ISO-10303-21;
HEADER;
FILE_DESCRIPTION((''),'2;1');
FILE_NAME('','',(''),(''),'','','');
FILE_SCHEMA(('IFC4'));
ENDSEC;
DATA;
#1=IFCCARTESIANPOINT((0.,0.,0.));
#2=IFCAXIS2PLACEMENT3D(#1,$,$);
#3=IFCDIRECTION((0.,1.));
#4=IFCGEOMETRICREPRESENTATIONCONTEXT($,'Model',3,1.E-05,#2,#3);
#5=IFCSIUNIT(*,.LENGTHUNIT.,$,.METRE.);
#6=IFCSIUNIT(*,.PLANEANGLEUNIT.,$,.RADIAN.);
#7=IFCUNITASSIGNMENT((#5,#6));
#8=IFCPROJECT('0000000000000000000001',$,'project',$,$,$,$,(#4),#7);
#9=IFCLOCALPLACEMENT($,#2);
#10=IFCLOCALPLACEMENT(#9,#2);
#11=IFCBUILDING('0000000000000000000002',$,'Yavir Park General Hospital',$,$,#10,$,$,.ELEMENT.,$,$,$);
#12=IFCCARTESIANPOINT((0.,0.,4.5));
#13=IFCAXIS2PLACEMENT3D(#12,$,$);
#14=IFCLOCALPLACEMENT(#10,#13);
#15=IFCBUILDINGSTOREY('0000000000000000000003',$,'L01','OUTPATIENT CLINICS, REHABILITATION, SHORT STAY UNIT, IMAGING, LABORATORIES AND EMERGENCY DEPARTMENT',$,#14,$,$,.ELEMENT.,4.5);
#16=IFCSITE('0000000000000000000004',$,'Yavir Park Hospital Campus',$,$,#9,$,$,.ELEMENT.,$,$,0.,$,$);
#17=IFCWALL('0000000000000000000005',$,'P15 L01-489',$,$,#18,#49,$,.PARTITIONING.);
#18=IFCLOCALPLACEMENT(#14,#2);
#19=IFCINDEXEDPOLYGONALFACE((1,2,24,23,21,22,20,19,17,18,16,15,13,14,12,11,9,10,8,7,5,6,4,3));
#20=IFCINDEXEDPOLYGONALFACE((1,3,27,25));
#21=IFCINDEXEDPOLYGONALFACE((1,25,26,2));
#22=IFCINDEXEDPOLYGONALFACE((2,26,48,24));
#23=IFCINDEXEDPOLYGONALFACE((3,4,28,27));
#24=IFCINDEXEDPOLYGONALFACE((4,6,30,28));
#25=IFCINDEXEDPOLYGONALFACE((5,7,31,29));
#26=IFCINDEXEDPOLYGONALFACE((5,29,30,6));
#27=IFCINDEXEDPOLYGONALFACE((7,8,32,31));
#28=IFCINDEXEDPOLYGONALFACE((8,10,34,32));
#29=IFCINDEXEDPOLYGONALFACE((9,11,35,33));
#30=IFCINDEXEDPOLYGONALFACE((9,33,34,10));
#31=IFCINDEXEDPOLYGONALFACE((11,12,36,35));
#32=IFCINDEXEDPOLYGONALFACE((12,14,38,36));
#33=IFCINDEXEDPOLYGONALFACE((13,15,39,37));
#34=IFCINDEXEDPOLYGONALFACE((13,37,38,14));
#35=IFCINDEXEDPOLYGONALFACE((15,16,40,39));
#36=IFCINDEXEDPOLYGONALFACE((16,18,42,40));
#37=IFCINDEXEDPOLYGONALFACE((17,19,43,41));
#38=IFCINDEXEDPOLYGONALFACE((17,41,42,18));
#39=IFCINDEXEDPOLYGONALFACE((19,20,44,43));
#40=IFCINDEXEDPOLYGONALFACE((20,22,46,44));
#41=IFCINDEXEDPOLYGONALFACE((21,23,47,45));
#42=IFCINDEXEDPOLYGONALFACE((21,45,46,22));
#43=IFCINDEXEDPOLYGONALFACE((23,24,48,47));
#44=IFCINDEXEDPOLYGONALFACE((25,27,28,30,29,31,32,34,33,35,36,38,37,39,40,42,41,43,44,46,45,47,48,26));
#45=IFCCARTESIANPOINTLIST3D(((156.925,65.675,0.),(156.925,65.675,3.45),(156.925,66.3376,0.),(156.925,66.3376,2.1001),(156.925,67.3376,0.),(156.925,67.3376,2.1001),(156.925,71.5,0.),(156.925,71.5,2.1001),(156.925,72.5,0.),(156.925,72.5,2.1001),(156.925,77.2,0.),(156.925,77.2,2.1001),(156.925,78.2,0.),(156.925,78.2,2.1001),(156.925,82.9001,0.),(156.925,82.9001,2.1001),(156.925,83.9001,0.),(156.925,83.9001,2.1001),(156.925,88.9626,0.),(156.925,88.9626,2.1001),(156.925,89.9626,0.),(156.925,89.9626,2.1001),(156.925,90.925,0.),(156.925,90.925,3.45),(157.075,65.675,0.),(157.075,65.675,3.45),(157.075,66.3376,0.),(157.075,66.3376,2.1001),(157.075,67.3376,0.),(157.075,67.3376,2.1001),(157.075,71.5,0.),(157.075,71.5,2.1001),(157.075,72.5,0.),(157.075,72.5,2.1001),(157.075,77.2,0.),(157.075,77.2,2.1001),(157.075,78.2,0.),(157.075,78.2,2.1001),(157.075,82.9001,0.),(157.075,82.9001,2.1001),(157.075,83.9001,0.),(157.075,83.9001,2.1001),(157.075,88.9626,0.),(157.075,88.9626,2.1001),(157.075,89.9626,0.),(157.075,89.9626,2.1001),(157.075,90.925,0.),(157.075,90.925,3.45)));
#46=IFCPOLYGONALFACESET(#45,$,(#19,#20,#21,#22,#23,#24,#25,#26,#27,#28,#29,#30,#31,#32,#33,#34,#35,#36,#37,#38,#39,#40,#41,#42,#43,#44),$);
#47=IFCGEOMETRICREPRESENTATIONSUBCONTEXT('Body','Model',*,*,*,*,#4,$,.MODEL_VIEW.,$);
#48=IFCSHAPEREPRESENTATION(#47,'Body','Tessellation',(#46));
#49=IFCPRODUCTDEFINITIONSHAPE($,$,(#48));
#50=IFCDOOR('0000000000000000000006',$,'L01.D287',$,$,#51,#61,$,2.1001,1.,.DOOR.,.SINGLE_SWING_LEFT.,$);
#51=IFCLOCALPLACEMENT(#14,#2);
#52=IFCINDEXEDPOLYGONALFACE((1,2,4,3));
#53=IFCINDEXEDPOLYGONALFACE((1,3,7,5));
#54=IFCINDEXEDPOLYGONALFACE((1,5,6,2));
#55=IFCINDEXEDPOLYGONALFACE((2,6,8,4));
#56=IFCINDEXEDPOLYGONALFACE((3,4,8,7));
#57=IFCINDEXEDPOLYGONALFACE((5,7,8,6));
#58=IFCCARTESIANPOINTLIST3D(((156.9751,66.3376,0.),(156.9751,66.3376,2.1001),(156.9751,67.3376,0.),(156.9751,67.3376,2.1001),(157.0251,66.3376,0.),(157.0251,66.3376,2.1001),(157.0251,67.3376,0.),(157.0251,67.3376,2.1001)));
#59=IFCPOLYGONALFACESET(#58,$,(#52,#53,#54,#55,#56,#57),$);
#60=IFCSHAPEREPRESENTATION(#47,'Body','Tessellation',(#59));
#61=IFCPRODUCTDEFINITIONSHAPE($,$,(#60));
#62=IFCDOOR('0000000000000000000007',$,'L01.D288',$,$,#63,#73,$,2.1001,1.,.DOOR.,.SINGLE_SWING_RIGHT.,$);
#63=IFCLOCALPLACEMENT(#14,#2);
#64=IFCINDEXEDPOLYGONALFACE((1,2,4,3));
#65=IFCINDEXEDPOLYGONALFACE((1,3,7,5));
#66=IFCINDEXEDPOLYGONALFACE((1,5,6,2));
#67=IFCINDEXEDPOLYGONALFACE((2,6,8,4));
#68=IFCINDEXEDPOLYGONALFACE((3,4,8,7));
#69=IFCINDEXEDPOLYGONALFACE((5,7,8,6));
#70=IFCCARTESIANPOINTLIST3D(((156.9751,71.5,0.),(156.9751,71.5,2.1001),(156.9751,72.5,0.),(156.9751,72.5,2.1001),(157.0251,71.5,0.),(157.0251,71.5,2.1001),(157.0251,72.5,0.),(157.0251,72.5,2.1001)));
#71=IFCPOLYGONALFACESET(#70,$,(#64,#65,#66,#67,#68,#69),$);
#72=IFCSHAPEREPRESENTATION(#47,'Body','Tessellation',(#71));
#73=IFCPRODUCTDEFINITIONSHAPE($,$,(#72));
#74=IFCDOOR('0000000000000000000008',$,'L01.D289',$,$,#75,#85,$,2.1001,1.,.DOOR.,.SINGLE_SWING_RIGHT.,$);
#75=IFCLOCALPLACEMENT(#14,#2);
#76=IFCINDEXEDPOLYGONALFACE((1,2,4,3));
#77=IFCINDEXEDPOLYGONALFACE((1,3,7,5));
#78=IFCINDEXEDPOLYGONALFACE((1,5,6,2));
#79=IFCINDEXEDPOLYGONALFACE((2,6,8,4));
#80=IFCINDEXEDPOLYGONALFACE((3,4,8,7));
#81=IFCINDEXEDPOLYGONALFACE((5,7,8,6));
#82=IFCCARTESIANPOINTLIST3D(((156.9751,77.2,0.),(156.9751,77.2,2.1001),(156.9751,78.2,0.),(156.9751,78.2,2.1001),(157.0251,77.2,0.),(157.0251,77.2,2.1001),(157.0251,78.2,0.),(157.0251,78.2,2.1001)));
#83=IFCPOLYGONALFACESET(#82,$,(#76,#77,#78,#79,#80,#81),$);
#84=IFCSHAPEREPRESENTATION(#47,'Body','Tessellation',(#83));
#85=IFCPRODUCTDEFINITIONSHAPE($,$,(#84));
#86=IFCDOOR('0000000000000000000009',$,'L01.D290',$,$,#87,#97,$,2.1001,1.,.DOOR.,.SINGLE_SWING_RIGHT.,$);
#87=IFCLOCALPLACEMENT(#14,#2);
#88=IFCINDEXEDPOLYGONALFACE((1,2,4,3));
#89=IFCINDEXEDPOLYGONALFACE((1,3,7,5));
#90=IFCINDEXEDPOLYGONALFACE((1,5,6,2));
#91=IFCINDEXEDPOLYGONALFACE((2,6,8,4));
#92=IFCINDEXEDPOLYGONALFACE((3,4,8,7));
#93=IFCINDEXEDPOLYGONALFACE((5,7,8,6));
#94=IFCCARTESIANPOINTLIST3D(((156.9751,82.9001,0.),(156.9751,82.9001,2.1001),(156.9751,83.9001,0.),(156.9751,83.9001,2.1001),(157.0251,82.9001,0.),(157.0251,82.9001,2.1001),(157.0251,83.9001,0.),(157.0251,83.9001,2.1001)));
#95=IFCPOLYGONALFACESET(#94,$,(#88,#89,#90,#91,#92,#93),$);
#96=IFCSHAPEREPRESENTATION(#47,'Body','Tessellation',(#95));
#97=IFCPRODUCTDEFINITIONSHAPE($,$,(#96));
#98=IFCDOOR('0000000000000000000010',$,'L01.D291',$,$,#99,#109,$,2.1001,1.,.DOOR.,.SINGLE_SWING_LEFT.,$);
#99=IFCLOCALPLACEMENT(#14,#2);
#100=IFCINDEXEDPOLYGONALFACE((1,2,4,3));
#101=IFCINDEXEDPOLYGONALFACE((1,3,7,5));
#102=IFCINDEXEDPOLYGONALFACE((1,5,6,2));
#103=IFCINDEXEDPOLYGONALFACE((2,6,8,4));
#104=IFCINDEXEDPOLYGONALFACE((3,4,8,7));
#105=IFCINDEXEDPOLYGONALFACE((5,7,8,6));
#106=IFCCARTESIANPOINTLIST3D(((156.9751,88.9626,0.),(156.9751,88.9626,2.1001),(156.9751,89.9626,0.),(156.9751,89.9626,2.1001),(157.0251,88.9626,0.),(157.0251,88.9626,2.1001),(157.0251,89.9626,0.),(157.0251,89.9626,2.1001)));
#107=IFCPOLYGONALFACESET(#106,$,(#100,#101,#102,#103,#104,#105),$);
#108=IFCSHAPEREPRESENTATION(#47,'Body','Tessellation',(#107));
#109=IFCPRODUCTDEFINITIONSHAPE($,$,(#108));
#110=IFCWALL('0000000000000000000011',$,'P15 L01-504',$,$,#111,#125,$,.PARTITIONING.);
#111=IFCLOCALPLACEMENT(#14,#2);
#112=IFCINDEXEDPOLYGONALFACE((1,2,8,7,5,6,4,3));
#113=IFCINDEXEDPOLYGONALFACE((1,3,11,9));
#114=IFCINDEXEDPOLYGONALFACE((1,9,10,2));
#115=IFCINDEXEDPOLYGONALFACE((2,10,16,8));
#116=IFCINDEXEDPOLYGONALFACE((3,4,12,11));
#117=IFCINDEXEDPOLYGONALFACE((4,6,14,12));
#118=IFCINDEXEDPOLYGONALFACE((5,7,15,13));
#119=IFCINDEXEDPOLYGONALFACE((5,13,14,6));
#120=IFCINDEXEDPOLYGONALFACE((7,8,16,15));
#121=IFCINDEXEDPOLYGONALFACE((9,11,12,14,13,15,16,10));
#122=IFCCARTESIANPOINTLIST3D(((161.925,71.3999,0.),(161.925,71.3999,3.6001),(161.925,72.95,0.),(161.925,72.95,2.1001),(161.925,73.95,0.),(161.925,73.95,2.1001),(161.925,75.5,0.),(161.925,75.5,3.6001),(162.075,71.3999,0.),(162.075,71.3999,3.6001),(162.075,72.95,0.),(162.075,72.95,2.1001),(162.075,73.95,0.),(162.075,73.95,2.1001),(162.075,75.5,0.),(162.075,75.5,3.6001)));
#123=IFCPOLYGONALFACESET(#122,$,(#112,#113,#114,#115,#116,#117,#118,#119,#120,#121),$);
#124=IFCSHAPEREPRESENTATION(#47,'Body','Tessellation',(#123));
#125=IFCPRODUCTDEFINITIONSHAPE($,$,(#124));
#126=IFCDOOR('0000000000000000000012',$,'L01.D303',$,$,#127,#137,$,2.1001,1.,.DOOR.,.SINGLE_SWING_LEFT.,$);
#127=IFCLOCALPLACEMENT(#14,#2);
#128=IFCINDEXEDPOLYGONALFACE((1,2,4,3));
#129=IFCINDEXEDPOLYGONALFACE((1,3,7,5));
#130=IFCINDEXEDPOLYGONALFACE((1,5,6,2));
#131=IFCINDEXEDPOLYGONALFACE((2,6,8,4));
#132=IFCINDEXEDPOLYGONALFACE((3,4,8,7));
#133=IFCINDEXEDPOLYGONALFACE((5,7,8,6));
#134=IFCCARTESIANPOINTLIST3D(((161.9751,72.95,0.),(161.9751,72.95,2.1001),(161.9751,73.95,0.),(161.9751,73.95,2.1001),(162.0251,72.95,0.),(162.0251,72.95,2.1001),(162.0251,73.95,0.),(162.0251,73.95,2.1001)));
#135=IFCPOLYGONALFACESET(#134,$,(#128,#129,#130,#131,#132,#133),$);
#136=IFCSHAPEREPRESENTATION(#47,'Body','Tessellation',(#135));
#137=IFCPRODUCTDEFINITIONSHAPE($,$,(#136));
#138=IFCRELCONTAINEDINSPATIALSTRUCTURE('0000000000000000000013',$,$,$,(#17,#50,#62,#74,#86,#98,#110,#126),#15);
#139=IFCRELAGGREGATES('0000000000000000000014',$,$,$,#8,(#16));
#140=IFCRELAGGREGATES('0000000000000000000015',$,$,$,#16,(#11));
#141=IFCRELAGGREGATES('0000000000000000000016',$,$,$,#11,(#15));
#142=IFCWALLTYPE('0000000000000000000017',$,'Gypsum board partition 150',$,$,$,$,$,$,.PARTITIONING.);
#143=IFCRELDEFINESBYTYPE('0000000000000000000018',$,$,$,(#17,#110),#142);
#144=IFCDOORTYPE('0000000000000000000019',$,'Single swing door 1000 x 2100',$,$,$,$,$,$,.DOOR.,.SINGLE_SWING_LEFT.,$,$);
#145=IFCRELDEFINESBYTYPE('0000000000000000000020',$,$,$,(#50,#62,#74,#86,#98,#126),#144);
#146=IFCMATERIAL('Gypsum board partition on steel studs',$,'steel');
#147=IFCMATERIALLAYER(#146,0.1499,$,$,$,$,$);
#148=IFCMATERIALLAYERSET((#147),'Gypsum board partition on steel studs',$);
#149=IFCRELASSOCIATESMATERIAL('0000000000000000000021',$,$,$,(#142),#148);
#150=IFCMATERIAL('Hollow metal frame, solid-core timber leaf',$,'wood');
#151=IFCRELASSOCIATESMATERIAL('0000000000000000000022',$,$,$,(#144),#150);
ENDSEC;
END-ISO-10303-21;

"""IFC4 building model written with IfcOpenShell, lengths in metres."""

from ifc_helpers import new_model, si_unit, direction, frame, frame_2d, origin, place, context, subcontext, project, spatial, rectangle, extrude, material, layer, layer_set, type_object, element, fill, save


model = new_model("IFC4")

# Units and contexts
model_context = context("Model", 3, precision=1e-05, world=origin(), true_north=direction((0.0, 1.0)))
body_context = subcontext(model_context, "Body", "Model", "MODEL_VIEW")
ifc_project = project(units=[si_unit("LENGTHUNIT", "METRE"), si_unit("PLANEANGLEUNIT", "RADIAN")], contexts=[model_context])

# Site, building, storey
site_placement = place(None, origin())
site = spatial("IfcSite", under=ifc_project, at=site_placement, Name="Yavir Park Hospital Campus", CompositionType="ELEMENT", RefElevation=0.0)
building_placement = place(site_placement, origin())
building = spatial("IfcBuilding", under=site, at=building_placement, Name="Yavir Park General Hospital", CompositionType="ELEMENT")
storey_placement = place(building_placement, frame((0.0, 0.0, 4.5)))
storey = spatial("IfcBuildingStorey", under=building, at=storey_placement, Name="L01", Description="OUTPATIENT CLINICS, REHABILITATION, SHORT STAY UNIT, IMAGING, LABORATORIES AND EMERGENCY DEPARTMENT", CompositionType="ELEMENT", Elevation=4.5)

# Shared definitions
ifc_material_1 = material(Name="Gypsum board partition on steel studs", Category="steel")
ifc_layer_1 = layer(ifc_material_1, 0.1499)
ifc_layer_set_1 = layer_set([ifc_layer_1], Name="Gypsum board partition on steel studs")
wall_type_1 = type_object("IfcWallType", Name="Gypsum board partition 150", PredefinedType="PARTITIONING", material=ifc_layer_set_1)

# Wall, openings, doors
ifc_material_2 = material(Name="Hollow metal frame, solid-core timber leaf", Category="wood")
door_type_1 = type_object("IfcDoorType", Name="Single swing door 1000 x 2100", OperationType="SINGLE_SWING_LEFT", PredefinedType="DOOR", material=ifc_material_2)
wall_1_placement = place(storey_placement, frame((157.0, 65.675, 0.0), z_axis=(0.0, 0.0, 1.0), x_axis=(0.0, 1.0, 0.0)))
wall_1 = element("IfcWall", 1, at=wall_1_placement, inside=storey, type_object=wall_type_1, Name="P15 L01-489", PredefinedType="PARTITIONING", context=body_context, shape_type="SweptSolid", body=[
    extrude(rectangle(XDim=25.25, YDim=0.1499, at=frame_2d((12.625, 0.0))), origin(), (0.0, 0.0, 1.0), 3.45),
])
opening_1_placement = place(wall_1_placement, frame((0.6626, 0.0, 0.0)))
opening_1 = element("IfcOpeningElement", 2, at=opening_1_placement, cuts=wall_1, PredefinedType="OPENING", context=body_context, shape_type="SweptSolid", body=[
    extrude(rectangle(XDim=1.0, YDim=2.1001, at=frame_2d((0.5, 1.05))), frame((0.0, 0.085, 0.0), z_axis=(0.0, -1.0, 0.0), x_axis=(1.0, 0.0, 0.0)), (0.0, 0.0, 1.0), 0.1699),
])
opening_2_placement = place(wall_1_placement, frame((5.825, 0.0, 0.0)))
opening_2 = element("IfcOpeningElement", 3, at=opening_2_placement, cuts=wall_1, PredefinedType="OPENING", context=body_context, shape_type="SweptSolid", body=[
    extrude(rectangle(XDim=1.0, YDim=2.1001, at=frame_2d((0.5, 1.05))), frame((0.0, 0.085, 0.0), z_axis=(0.0, -1.0, 0.0), x_axis=(1.0, 0.0, 0.0)), (0.0, 0.0, 1.0), 0.1699),
])
opening_3_placement = place(wall_1_placement, frame((11.5249, 0.0, 0.0)))
opening_3 = element("IfcOpeningElement", 4, at=opening_3_placement, cuts=wall_1, PredefinedType="OPENING", context=body_context, shape_type="SweptSolid", body=[
    extrude(rectangle(XDim=1.0, YDim=2.1001, at=frame_2d((0.5, 1.05))), frame((0.0, 0.085, 0.0), z_axis=(0.0, -1.0, 0.0), x_axis=(1.0, 0.0, 0.0)), (0.0, 0.0, 1.0), 0.1699),
])
opening_4_placement = place(wall_1_placement, frame((17.2251, 0.0, 0.0)))
opening_4 = element("IfcOpeningElement", 5, at=opening_4_placement, cuts=wall_1, PredefinedType="OPENING", context=body_context, shape_type="SweptSolid", body=[
    extrude(rectangle(XDim=1.0, YDim=2.1001, at=frame_2d((0.5, 1.05))), frame((0.0, 0.085, 0.0), z_axis=(0.0, -1.0, 0.0), x_axis=(1.0, 0.0, 0.0)), (0.0, 0.0, 1.0), 0.1699),
])
opening_5_placement = place(wall_1_placement, frame((23.2876, 0.0, 0.0)))
opening_5 = element("IfcOpeningElement", 6, at=opening_5_placement, cuts=wall_1, PredefinedType="OPENING", context=body_context, shape_type="SweptSolid", body=[
    extrude(rectangle(XDim=1.0, YDim=2.1001, at=frame_2d((0.5, 1.05))), frame((0.0, 0.085, 0.0), z_axis=(0.0, -1.0, 0.0), x_axis=(1.0, 0.0, 0.0)), (0.0, 0.0, 1.0), 0.1699),
])
door_1_placement = place(opening_1_placement, origin())
door_1 = element("IfcDoor", 7, at=door_1_placement, inside=storey, type_object=door_type_1, Name="L01.D287", OperationType="SINGLE_SWING_LEFT", OverallHeight=2.1001, OverallWidth=1.0, PredefinedType="DOOR", context=body_context, shape_type="SweptSolid", body=[
    extrude(rectangle(XDim=1.0, YDim=2.1001, at=frame_2d((0.5, 1.05))), frame((0.0, 0.0249, 0.0), z_axis=(0.0, -1.0, 0.0), x_axis=(1.0, 0.0, 0.0)), (0.0, 0.0, 1.0), 0.05),
])
fill(opening_1, door_1)
door_2_placement = place(opening_2_placement, origin())
door_2 = element("IfcDoor", 8, at=door_2_placement, inside=storey, type_object=door_type_1, Name="L01.D288", OperationType="SINGLE_SWING_RIGHT", OverallHeight=2.1001, OverallWidth=1.0, PredefinedType="DOOR", context=body_context, shape_type="SweptSolid", body=[
    extrude(rectangle(XDim=1.0, YDim=2.1001, at=frame_2d((0.5, 1.05))), frame((0.0, 0.0249, 0.0), z_axis=(0.0, -1.0, 0.0), x_axis=(1.0, 0.0, 0.0)), (0.0, 0.0, 1.0), 0.05),
])
fill(opening_2, door_2)
door_3_placement = place(opening_3_placement, origin())
door_3 = element("IfcDoor", 9, at=door_3_placement, inside=storey, type_object=door_type_1, Name="L01.D289", OperationType="SINGLE_SWING_RIGHT", OverallHeight=2.1001, OverallWidth=1.0, PredefinedType="DOOR", context=body_context, shape_type="SweptSolid", body=[
    extrude(rectangle(XDim=1.0, YDim=2.1001, at=frame_2d((0.5, 1.05))), frame((0.0, 0.0249, 0.0), z_axis=(0.0, -1.0, 0.0), x_axis=(1.0, 0.0, 0.0)), (0.0, 0.0, 1.0), 0.05),
])
fill(opening_3, door_3)
door_4_placement = place(opening_4_placement, origin())
door_4 = element("IfcDoor", 10, at=door_4_placement, inside=storey, type_object=door_type_1, Name="L01.D290", OperationType="SINGLE_SWING_RIGHT", OverallHeight=2.1001, OverallWidth=1.0, PredefinedType="DOOR", context=body_context, shape_type="SweptSolid", body=[
    extrude(rectangle(XDim=1.0, YDim=2.1001, at=frame_2d((0.5, 1.05))), frame((0.0, 0.0249, 0.0), z_axis=(0.0, -1.0, 0.0), x_axis=(1.0, 0.0, 0.0)), (0.0, 0.0, 1.0), 0.05),
])
fill(opening_4, door_4)
door_5_placement = place(opening_5_placement, origin())
door_5 = element("IfcDoor", 11, at=door_5_placement, inside=storey, type_object=door_type_1, Name="L01.D291", OperationType="SINGLE_SWING_LEFT", OverallHeight=2.1001, OverallWidth=1.0, PredefinedType="DOOR", context=body_context, shape_type="SweptSolid", body=[
    extrude(rectangle(XDim=1.0, YDim=2.1001, at=frame_2d((0.5, 1.05))), frame((0.0, 0.0249, 0.0), z_axis=(0.0, -1.0, 0.0), x_axis=(1.0, 0.0, 0.0)), (0.0, 0.0, 1.0), 0.05),
])
fill(opening_5, door_5)

# Wall, opening, door
wall_2_placement = place(storey_placement, frame((162.0, 71.3999, 0.0), z_axis=(0.0, 0.0, 1.0), x_axis=(0.0, 1.0, 0.0)))
wall_2 = element("IfcWall", 12, at=wall_2_placement, inside=storey, type_object=wall_type_1, Name="P15 L01-504", PredefinedType="PARTITIONING", context=body_context, shape_type="SweptSolid", body=[
    extrude(rectangle(XDim=4.1001, YDim=0.1499, at=frame_2d((2.05, 0.0))), origin(), (0.0, 0.0, 1.0), 3.6001),
])
opening_6_placement = place(wall_2_placement, frame((1.55, 0.0, 0.0)))
opening_6 = element("IfcOpeningElement", 13, at=opening_6_placement, cuts=wall_2, PredefinedType="OPENING", context=body_context, shape_type="SweptSolid", body=[
    extrude(rectangle(XDim=1.0, YDim=2.1001, at=frame_2d((0.5, 1.05))), frame((0.0, 0.085, 0.0), z_axis=(0.0, -1.0, 0.0), x_axis=(1.0, 0.0, 0.0)), (0.0, 0.0, 1.0), 0.1699),
])
door_6_placement = place(opening_6_placement, origin())
door_6 = element("IfcDoor", 14, at=door_6_placement, inside=storey, type_object=door_type_1, Name="L01.D303", OperationType="SINGLE_SWING_LEFT", OverallHeight=2.1001, OverallWidth=1.0, PredefinedType="DOOR", context=body_context, shape_type="SweptSolid", body=[
    extrude(rectangle(XDim=1.0, YDim=2.1001, at=frame_2d((0.5, 1.05))), frame((0.0, 0.0249, 0.0), z_axis=(0.0, -1.0, 0.0), x_axis=(1.0, 0.0, 0.0)), (0.0, 0.0, 1.0), 0.05),
])
fill(opening_6, door_6)

save(model, "model.ifc")
